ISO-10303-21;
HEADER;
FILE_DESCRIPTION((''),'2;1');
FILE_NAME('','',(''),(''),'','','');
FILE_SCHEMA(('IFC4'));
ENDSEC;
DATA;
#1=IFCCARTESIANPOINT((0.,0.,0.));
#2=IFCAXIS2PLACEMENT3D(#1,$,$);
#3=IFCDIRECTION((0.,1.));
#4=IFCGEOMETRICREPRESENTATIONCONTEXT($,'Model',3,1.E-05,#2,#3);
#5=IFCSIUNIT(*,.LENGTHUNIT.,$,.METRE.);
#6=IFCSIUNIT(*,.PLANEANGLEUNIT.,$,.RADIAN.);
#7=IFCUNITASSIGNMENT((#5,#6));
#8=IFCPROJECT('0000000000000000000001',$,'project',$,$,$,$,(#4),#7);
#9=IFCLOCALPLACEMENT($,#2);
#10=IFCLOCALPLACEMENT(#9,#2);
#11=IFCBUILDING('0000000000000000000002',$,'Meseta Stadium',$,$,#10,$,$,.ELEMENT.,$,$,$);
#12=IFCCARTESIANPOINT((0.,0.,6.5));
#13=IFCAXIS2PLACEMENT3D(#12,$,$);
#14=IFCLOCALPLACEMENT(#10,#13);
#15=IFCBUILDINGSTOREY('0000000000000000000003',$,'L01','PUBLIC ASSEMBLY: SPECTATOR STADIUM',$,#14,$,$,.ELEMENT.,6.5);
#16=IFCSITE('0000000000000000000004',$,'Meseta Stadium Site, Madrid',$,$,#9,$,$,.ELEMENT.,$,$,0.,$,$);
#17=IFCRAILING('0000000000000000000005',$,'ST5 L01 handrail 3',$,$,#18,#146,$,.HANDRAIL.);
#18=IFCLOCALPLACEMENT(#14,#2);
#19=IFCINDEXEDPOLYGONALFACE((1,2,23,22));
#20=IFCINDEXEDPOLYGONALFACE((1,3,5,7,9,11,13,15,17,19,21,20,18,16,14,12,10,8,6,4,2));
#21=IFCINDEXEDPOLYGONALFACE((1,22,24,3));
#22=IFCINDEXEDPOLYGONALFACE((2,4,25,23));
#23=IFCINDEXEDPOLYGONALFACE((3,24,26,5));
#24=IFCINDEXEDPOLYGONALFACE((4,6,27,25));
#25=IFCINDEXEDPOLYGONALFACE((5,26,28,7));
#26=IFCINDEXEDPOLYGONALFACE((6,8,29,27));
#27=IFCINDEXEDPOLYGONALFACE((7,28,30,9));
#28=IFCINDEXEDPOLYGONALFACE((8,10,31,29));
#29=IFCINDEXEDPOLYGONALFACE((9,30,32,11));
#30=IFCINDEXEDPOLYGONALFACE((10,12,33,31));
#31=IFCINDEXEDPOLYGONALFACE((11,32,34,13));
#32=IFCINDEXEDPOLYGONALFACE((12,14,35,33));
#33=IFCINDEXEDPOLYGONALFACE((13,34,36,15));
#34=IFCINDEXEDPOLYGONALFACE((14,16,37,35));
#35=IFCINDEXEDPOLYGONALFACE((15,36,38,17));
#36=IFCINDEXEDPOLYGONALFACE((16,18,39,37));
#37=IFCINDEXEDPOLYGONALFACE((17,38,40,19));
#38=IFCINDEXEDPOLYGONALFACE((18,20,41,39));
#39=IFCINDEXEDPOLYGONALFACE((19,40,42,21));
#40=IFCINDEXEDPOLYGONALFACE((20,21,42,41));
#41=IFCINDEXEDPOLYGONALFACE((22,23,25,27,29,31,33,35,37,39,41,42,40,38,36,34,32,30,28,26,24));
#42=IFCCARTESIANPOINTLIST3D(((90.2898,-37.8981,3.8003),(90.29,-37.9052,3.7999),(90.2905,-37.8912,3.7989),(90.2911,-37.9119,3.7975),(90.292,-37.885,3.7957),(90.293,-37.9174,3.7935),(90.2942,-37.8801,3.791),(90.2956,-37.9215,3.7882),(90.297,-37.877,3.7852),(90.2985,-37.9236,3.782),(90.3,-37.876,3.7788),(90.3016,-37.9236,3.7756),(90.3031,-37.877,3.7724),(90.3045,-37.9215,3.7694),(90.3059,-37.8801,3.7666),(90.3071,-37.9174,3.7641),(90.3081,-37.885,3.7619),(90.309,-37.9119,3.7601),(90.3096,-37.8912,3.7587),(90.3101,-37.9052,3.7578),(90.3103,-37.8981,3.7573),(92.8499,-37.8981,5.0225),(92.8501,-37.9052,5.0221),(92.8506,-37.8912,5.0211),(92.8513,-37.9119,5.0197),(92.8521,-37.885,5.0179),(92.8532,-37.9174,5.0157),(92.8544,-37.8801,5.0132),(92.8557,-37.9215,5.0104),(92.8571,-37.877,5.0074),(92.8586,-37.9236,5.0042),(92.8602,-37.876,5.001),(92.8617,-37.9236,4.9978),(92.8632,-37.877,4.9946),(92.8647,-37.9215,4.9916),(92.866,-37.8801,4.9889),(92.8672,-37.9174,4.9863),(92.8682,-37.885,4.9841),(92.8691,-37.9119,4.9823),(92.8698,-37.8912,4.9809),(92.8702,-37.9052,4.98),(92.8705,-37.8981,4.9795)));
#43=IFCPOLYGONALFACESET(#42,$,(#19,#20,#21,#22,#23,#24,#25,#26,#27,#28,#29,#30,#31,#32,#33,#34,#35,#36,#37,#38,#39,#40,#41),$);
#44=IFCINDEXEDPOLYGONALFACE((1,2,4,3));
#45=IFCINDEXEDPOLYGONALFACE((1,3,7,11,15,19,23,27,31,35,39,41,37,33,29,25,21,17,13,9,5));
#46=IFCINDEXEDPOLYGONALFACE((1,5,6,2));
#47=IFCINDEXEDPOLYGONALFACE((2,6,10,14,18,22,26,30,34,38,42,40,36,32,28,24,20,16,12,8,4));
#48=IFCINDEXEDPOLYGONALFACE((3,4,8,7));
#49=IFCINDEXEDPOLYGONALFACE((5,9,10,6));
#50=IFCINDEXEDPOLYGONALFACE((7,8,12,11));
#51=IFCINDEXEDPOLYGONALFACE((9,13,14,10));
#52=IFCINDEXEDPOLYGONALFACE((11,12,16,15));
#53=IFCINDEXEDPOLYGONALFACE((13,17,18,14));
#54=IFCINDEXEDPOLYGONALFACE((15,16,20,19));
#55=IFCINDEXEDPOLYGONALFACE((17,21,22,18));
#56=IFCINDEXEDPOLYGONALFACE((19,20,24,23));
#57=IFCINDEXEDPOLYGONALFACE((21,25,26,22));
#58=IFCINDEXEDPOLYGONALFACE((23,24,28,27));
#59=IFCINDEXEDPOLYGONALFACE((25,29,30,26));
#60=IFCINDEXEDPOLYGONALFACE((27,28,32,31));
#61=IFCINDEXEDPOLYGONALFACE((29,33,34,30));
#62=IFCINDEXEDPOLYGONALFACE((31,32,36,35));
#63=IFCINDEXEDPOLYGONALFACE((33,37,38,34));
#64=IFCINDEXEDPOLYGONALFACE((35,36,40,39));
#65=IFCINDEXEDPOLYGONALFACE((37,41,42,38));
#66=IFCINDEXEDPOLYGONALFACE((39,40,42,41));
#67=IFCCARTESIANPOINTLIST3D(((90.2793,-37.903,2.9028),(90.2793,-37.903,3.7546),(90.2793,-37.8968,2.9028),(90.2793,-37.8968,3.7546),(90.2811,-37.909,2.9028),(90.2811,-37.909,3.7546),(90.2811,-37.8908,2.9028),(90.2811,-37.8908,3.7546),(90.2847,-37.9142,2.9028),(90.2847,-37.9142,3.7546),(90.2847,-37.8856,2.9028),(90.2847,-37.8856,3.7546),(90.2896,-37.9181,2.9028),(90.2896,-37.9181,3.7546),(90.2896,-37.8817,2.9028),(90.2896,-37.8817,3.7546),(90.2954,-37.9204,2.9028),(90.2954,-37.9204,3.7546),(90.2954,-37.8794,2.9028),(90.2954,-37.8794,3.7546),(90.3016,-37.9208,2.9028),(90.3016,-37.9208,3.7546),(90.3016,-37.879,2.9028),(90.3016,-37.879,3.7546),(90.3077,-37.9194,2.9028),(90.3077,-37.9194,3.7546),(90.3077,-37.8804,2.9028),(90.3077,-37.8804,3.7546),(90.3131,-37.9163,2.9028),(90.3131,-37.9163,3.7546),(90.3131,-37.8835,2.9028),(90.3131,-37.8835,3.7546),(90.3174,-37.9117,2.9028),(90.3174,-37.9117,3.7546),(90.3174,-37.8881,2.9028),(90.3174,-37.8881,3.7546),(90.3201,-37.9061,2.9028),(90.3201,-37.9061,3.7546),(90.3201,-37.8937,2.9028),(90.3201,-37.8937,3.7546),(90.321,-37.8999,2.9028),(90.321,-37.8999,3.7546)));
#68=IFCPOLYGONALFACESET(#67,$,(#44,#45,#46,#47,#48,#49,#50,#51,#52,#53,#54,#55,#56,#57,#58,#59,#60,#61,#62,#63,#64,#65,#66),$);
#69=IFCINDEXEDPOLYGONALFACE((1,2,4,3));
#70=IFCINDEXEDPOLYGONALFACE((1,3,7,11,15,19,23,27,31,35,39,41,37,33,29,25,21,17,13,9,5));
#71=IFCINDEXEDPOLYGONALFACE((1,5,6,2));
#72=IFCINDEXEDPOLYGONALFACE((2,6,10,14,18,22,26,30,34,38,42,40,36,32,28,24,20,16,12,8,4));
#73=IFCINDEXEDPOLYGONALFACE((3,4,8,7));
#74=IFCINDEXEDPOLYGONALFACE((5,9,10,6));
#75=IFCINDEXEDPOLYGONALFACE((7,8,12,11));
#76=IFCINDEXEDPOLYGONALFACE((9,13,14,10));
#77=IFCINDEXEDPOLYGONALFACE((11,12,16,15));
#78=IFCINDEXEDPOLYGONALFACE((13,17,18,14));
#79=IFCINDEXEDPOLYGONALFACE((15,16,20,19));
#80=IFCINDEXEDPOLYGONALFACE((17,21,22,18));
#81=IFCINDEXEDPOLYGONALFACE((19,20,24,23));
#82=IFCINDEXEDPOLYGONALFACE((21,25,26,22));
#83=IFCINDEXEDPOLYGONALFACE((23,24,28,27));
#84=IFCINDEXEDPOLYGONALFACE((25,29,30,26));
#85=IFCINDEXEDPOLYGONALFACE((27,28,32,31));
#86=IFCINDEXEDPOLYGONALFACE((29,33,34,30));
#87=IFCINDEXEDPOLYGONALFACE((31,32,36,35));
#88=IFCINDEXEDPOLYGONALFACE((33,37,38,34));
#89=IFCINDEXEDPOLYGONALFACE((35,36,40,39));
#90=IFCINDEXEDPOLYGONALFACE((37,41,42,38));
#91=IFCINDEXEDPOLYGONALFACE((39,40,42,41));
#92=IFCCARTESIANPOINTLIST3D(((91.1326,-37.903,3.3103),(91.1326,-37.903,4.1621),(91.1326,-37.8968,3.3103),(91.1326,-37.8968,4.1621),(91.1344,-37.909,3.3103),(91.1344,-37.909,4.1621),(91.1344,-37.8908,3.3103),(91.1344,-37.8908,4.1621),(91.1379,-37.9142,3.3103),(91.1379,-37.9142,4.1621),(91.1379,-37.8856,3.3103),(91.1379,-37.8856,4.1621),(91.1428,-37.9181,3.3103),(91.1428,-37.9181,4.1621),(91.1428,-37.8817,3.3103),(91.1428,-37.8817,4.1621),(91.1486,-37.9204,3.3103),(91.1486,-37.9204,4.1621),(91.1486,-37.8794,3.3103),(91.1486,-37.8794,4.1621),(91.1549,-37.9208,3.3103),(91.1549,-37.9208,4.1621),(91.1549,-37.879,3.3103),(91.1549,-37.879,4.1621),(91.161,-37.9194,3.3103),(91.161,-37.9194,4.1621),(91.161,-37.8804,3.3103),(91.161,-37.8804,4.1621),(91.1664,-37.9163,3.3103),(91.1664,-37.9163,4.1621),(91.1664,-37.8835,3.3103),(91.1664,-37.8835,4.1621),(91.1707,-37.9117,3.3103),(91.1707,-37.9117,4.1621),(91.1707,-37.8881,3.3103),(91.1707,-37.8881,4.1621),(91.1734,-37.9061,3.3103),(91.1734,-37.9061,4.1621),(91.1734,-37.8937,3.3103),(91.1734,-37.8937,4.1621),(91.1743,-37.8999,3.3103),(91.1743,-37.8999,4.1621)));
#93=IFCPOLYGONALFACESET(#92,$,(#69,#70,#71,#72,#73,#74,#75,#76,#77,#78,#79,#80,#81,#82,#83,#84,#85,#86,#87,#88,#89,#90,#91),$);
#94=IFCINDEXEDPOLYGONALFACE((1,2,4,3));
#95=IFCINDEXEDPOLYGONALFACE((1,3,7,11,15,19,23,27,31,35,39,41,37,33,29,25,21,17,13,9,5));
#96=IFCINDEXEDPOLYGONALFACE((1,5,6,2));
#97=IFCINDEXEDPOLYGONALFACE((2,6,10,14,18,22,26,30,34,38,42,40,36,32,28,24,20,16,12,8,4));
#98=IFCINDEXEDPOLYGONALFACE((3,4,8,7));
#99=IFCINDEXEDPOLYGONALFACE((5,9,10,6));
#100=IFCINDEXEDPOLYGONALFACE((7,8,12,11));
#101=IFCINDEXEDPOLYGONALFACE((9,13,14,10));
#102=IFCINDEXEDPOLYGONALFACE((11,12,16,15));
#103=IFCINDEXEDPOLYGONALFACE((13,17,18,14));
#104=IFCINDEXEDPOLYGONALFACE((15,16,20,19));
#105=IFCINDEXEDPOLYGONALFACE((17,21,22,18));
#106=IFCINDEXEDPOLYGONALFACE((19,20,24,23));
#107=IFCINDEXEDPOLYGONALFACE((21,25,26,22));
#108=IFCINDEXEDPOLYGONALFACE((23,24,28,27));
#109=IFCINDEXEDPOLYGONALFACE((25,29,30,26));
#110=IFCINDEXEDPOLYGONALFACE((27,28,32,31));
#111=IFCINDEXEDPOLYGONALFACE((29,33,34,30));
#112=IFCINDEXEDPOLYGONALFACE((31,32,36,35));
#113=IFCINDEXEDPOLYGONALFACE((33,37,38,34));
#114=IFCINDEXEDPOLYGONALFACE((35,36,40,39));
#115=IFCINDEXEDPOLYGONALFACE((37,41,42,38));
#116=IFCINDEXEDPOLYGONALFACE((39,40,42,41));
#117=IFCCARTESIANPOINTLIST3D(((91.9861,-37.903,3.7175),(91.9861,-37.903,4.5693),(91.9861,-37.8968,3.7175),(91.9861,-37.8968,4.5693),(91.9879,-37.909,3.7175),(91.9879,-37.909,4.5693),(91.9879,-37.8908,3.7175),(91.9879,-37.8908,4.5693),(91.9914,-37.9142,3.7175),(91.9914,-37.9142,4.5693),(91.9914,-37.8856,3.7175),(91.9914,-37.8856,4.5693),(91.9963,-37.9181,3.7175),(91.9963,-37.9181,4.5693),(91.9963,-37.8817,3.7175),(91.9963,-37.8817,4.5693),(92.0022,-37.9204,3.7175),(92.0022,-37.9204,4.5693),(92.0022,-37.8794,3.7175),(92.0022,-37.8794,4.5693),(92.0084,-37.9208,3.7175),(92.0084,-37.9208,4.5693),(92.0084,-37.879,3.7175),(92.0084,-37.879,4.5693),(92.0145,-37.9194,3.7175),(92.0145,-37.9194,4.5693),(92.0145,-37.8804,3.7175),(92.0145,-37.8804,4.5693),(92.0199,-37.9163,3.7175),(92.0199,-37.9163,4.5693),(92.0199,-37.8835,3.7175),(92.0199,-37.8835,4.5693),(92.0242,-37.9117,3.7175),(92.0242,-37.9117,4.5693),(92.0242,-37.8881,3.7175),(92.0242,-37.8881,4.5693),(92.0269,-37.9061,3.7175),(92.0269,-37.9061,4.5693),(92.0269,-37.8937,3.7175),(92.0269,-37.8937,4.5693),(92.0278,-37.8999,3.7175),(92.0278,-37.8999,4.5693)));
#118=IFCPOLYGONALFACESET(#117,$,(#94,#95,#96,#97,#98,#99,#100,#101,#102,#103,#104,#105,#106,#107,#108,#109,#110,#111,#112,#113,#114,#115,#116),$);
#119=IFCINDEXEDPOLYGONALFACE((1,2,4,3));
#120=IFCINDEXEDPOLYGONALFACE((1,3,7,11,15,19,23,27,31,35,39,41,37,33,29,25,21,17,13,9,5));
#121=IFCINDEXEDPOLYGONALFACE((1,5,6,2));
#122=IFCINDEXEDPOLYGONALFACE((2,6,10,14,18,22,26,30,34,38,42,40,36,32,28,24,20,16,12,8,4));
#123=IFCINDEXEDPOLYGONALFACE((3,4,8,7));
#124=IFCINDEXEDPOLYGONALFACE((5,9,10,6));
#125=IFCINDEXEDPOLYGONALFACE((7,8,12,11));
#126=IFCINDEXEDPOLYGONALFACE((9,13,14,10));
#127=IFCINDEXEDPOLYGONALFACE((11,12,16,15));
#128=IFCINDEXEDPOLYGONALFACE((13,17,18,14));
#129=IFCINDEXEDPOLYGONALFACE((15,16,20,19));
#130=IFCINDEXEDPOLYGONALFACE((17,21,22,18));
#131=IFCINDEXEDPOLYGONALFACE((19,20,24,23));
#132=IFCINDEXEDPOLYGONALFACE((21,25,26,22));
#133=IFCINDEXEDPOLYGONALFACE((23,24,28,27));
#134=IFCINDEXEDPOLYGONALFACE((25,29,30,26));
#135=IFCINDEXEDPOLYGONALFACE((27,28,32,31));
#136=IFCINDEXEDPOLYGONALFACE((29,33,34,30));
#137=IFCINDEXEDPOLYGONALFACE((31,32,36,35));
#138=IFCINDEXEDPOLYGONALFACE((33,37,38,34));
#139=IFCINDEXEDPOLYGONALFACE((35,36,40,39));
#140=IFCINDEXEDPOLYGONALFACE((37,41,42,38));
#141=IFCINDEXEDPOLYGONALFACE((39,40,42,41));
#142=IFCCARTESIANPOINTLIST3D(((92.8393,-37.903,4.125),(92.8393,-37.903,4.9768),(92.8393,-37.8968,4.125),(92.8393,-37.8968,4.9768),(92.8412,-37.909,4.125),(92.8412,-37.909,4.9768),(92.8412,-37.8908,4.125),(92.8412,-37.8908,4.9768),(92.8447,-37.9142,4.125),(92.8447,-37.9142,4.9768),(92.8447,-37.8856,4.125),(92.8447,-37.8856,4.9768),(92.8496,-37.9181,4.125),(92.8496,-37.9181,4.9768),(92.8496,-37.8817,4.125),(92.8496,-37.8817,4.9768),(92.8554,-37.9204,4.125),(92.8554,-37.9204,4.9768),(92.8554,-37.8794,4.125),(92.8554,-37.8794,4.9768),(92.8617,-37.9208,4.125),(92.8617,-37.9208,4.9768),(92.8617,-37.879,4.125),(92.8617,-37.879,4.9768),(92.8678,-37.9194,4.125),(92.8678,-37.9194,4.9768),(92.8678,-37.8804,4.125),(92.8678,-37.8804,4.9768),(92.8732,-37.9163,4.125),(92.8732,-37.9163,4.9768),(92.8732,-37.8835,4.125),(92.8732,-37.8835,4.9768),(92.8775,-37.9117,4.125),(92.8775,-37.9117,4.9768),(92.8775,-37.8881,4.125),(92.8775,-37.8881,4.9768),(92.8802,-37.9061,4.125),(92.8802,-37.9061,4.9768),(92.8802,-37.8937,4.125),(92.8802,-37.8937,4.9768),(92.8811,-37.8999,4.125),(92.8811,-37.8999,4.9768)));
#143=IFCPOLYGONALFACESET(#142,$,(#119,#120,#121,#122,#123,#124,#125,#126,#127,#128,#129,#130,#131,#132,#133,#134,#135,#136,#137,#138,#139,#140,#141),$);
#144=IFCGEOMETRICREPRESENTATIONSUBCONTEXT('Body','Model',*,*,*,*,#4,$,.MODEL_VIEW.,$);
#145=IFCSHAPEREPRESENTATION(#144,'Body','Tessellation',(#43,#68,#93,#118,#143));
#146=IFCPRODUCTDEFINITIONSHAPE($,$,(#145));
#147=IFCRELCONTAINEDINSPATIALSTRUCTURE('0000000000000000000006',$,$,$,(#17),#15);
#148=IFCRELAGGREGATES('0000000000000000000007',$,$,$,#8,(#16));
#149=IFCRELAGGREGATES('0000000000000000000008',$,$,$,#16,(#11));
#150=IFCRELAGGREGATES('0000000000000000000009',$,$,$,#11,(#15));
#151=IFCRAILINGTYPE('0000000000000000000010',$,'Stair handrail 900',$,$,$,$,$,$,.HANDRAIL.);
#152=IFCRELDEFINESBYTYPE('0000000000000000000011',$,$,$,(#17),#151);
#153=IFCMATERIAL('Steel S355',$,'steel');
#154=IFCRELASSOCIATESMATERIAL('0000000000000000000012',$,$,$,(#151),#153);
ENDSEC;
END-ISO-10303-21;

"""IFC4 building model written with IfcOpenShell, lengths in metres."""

from ifc_helpers import new_model, si_unit, direction, frame, origin, origin_2d, place, context, subcontext, project, spatial, circle, extrude, material, type_object, element, save


model = new_model("IFC4")

# Units and contexts
model_context = context("Model", 3, precision=1e-05, world=origin(), true_north=direction((0.0, 1.0)))
body_context = subcontext(model_context, "Body", "Model", "MODEL_VIEW")
ifc_project = project(units=[si_unit("LENGTHUNIT", "METRE"), si_unit("PLANEANGLEUNIT", "RADIAN")], contexts=[model_context])

# Site, building, storey
site_placement = place(None, origin())
site = spatial("IfcSite", under=ifc_project, at=site_placement, Name="Meseta Stadium Site, Madrid", CompositionType="ELEMENT", RefElevation=0.0)
building_placement = place(site_placement, origin())
building = spatial("IfcBuilding", under=site, at=building_placement, Name="Meseta Stadium", CompositionType="ELEMENT")
storey_placement = place(building_placement, frame((0.0, 0.0, 6.5)))
storey = spatial("IfcBuildingStorey", under=building, at=storey_placement, Name="L01", Description="PUBLIC ASSEMBLY: SPECTATOR STADIUM", CompositionType="ELEMENT", Elevation=6.5)

# Railing
ifc_material_1 = material(Name="Steel S355", Category="steel")
railing_type_1 = type_object("IfcRailingType", Name="Stair handrail 900", PredefinedType="HANDRAIL", material=ifc_material_1)
for number, where, name in (
    (1, (90.3, -37.8999, 2.9028), "ST5 L01 handrail 3"),
):
    element("IfcRailing", number, at=place(storey_placement, frame(where)), inside=storey, type_object=railing_type_1, Name=name, PredefinedType="HANDRAIL", context=body_context, shape_type="SweptSolid", body=[
        extrude(circle(Radius=0.0239, at=origin_2d()), frame((0.0, 0.0, 0.876), z_axis=(0.902437, 0.0, 0.430822), x_axis=(0.0, 1.0, 0.0)), (0.0, 0.0, 1.0), 2.8369),
        extrude(circle(Radius=0.021, at=origin_2d()), origin(), (0.0, 0.0, 1.0), 0.8518),
        extrude(circle(Radius=0.021, at=origin_2d()), frame((0.8533, 0.0, 0.4075)), (0.0, 0.0, 1.0), 0.8518),
        extrude(circle(Radius=0.021, at=origin_2d()), frame((1.7068, 0.0, 0.8147)), (0.0, 0.0, 1.0), 0.8518),
        extrude(circle(Radius=0.021, at=origin_2d()), frame((2.5601, 0.0, 1.2222)), (0.0, 0.0, 1.0), 0.8518),
    ])

save(model, "model.ifc")
